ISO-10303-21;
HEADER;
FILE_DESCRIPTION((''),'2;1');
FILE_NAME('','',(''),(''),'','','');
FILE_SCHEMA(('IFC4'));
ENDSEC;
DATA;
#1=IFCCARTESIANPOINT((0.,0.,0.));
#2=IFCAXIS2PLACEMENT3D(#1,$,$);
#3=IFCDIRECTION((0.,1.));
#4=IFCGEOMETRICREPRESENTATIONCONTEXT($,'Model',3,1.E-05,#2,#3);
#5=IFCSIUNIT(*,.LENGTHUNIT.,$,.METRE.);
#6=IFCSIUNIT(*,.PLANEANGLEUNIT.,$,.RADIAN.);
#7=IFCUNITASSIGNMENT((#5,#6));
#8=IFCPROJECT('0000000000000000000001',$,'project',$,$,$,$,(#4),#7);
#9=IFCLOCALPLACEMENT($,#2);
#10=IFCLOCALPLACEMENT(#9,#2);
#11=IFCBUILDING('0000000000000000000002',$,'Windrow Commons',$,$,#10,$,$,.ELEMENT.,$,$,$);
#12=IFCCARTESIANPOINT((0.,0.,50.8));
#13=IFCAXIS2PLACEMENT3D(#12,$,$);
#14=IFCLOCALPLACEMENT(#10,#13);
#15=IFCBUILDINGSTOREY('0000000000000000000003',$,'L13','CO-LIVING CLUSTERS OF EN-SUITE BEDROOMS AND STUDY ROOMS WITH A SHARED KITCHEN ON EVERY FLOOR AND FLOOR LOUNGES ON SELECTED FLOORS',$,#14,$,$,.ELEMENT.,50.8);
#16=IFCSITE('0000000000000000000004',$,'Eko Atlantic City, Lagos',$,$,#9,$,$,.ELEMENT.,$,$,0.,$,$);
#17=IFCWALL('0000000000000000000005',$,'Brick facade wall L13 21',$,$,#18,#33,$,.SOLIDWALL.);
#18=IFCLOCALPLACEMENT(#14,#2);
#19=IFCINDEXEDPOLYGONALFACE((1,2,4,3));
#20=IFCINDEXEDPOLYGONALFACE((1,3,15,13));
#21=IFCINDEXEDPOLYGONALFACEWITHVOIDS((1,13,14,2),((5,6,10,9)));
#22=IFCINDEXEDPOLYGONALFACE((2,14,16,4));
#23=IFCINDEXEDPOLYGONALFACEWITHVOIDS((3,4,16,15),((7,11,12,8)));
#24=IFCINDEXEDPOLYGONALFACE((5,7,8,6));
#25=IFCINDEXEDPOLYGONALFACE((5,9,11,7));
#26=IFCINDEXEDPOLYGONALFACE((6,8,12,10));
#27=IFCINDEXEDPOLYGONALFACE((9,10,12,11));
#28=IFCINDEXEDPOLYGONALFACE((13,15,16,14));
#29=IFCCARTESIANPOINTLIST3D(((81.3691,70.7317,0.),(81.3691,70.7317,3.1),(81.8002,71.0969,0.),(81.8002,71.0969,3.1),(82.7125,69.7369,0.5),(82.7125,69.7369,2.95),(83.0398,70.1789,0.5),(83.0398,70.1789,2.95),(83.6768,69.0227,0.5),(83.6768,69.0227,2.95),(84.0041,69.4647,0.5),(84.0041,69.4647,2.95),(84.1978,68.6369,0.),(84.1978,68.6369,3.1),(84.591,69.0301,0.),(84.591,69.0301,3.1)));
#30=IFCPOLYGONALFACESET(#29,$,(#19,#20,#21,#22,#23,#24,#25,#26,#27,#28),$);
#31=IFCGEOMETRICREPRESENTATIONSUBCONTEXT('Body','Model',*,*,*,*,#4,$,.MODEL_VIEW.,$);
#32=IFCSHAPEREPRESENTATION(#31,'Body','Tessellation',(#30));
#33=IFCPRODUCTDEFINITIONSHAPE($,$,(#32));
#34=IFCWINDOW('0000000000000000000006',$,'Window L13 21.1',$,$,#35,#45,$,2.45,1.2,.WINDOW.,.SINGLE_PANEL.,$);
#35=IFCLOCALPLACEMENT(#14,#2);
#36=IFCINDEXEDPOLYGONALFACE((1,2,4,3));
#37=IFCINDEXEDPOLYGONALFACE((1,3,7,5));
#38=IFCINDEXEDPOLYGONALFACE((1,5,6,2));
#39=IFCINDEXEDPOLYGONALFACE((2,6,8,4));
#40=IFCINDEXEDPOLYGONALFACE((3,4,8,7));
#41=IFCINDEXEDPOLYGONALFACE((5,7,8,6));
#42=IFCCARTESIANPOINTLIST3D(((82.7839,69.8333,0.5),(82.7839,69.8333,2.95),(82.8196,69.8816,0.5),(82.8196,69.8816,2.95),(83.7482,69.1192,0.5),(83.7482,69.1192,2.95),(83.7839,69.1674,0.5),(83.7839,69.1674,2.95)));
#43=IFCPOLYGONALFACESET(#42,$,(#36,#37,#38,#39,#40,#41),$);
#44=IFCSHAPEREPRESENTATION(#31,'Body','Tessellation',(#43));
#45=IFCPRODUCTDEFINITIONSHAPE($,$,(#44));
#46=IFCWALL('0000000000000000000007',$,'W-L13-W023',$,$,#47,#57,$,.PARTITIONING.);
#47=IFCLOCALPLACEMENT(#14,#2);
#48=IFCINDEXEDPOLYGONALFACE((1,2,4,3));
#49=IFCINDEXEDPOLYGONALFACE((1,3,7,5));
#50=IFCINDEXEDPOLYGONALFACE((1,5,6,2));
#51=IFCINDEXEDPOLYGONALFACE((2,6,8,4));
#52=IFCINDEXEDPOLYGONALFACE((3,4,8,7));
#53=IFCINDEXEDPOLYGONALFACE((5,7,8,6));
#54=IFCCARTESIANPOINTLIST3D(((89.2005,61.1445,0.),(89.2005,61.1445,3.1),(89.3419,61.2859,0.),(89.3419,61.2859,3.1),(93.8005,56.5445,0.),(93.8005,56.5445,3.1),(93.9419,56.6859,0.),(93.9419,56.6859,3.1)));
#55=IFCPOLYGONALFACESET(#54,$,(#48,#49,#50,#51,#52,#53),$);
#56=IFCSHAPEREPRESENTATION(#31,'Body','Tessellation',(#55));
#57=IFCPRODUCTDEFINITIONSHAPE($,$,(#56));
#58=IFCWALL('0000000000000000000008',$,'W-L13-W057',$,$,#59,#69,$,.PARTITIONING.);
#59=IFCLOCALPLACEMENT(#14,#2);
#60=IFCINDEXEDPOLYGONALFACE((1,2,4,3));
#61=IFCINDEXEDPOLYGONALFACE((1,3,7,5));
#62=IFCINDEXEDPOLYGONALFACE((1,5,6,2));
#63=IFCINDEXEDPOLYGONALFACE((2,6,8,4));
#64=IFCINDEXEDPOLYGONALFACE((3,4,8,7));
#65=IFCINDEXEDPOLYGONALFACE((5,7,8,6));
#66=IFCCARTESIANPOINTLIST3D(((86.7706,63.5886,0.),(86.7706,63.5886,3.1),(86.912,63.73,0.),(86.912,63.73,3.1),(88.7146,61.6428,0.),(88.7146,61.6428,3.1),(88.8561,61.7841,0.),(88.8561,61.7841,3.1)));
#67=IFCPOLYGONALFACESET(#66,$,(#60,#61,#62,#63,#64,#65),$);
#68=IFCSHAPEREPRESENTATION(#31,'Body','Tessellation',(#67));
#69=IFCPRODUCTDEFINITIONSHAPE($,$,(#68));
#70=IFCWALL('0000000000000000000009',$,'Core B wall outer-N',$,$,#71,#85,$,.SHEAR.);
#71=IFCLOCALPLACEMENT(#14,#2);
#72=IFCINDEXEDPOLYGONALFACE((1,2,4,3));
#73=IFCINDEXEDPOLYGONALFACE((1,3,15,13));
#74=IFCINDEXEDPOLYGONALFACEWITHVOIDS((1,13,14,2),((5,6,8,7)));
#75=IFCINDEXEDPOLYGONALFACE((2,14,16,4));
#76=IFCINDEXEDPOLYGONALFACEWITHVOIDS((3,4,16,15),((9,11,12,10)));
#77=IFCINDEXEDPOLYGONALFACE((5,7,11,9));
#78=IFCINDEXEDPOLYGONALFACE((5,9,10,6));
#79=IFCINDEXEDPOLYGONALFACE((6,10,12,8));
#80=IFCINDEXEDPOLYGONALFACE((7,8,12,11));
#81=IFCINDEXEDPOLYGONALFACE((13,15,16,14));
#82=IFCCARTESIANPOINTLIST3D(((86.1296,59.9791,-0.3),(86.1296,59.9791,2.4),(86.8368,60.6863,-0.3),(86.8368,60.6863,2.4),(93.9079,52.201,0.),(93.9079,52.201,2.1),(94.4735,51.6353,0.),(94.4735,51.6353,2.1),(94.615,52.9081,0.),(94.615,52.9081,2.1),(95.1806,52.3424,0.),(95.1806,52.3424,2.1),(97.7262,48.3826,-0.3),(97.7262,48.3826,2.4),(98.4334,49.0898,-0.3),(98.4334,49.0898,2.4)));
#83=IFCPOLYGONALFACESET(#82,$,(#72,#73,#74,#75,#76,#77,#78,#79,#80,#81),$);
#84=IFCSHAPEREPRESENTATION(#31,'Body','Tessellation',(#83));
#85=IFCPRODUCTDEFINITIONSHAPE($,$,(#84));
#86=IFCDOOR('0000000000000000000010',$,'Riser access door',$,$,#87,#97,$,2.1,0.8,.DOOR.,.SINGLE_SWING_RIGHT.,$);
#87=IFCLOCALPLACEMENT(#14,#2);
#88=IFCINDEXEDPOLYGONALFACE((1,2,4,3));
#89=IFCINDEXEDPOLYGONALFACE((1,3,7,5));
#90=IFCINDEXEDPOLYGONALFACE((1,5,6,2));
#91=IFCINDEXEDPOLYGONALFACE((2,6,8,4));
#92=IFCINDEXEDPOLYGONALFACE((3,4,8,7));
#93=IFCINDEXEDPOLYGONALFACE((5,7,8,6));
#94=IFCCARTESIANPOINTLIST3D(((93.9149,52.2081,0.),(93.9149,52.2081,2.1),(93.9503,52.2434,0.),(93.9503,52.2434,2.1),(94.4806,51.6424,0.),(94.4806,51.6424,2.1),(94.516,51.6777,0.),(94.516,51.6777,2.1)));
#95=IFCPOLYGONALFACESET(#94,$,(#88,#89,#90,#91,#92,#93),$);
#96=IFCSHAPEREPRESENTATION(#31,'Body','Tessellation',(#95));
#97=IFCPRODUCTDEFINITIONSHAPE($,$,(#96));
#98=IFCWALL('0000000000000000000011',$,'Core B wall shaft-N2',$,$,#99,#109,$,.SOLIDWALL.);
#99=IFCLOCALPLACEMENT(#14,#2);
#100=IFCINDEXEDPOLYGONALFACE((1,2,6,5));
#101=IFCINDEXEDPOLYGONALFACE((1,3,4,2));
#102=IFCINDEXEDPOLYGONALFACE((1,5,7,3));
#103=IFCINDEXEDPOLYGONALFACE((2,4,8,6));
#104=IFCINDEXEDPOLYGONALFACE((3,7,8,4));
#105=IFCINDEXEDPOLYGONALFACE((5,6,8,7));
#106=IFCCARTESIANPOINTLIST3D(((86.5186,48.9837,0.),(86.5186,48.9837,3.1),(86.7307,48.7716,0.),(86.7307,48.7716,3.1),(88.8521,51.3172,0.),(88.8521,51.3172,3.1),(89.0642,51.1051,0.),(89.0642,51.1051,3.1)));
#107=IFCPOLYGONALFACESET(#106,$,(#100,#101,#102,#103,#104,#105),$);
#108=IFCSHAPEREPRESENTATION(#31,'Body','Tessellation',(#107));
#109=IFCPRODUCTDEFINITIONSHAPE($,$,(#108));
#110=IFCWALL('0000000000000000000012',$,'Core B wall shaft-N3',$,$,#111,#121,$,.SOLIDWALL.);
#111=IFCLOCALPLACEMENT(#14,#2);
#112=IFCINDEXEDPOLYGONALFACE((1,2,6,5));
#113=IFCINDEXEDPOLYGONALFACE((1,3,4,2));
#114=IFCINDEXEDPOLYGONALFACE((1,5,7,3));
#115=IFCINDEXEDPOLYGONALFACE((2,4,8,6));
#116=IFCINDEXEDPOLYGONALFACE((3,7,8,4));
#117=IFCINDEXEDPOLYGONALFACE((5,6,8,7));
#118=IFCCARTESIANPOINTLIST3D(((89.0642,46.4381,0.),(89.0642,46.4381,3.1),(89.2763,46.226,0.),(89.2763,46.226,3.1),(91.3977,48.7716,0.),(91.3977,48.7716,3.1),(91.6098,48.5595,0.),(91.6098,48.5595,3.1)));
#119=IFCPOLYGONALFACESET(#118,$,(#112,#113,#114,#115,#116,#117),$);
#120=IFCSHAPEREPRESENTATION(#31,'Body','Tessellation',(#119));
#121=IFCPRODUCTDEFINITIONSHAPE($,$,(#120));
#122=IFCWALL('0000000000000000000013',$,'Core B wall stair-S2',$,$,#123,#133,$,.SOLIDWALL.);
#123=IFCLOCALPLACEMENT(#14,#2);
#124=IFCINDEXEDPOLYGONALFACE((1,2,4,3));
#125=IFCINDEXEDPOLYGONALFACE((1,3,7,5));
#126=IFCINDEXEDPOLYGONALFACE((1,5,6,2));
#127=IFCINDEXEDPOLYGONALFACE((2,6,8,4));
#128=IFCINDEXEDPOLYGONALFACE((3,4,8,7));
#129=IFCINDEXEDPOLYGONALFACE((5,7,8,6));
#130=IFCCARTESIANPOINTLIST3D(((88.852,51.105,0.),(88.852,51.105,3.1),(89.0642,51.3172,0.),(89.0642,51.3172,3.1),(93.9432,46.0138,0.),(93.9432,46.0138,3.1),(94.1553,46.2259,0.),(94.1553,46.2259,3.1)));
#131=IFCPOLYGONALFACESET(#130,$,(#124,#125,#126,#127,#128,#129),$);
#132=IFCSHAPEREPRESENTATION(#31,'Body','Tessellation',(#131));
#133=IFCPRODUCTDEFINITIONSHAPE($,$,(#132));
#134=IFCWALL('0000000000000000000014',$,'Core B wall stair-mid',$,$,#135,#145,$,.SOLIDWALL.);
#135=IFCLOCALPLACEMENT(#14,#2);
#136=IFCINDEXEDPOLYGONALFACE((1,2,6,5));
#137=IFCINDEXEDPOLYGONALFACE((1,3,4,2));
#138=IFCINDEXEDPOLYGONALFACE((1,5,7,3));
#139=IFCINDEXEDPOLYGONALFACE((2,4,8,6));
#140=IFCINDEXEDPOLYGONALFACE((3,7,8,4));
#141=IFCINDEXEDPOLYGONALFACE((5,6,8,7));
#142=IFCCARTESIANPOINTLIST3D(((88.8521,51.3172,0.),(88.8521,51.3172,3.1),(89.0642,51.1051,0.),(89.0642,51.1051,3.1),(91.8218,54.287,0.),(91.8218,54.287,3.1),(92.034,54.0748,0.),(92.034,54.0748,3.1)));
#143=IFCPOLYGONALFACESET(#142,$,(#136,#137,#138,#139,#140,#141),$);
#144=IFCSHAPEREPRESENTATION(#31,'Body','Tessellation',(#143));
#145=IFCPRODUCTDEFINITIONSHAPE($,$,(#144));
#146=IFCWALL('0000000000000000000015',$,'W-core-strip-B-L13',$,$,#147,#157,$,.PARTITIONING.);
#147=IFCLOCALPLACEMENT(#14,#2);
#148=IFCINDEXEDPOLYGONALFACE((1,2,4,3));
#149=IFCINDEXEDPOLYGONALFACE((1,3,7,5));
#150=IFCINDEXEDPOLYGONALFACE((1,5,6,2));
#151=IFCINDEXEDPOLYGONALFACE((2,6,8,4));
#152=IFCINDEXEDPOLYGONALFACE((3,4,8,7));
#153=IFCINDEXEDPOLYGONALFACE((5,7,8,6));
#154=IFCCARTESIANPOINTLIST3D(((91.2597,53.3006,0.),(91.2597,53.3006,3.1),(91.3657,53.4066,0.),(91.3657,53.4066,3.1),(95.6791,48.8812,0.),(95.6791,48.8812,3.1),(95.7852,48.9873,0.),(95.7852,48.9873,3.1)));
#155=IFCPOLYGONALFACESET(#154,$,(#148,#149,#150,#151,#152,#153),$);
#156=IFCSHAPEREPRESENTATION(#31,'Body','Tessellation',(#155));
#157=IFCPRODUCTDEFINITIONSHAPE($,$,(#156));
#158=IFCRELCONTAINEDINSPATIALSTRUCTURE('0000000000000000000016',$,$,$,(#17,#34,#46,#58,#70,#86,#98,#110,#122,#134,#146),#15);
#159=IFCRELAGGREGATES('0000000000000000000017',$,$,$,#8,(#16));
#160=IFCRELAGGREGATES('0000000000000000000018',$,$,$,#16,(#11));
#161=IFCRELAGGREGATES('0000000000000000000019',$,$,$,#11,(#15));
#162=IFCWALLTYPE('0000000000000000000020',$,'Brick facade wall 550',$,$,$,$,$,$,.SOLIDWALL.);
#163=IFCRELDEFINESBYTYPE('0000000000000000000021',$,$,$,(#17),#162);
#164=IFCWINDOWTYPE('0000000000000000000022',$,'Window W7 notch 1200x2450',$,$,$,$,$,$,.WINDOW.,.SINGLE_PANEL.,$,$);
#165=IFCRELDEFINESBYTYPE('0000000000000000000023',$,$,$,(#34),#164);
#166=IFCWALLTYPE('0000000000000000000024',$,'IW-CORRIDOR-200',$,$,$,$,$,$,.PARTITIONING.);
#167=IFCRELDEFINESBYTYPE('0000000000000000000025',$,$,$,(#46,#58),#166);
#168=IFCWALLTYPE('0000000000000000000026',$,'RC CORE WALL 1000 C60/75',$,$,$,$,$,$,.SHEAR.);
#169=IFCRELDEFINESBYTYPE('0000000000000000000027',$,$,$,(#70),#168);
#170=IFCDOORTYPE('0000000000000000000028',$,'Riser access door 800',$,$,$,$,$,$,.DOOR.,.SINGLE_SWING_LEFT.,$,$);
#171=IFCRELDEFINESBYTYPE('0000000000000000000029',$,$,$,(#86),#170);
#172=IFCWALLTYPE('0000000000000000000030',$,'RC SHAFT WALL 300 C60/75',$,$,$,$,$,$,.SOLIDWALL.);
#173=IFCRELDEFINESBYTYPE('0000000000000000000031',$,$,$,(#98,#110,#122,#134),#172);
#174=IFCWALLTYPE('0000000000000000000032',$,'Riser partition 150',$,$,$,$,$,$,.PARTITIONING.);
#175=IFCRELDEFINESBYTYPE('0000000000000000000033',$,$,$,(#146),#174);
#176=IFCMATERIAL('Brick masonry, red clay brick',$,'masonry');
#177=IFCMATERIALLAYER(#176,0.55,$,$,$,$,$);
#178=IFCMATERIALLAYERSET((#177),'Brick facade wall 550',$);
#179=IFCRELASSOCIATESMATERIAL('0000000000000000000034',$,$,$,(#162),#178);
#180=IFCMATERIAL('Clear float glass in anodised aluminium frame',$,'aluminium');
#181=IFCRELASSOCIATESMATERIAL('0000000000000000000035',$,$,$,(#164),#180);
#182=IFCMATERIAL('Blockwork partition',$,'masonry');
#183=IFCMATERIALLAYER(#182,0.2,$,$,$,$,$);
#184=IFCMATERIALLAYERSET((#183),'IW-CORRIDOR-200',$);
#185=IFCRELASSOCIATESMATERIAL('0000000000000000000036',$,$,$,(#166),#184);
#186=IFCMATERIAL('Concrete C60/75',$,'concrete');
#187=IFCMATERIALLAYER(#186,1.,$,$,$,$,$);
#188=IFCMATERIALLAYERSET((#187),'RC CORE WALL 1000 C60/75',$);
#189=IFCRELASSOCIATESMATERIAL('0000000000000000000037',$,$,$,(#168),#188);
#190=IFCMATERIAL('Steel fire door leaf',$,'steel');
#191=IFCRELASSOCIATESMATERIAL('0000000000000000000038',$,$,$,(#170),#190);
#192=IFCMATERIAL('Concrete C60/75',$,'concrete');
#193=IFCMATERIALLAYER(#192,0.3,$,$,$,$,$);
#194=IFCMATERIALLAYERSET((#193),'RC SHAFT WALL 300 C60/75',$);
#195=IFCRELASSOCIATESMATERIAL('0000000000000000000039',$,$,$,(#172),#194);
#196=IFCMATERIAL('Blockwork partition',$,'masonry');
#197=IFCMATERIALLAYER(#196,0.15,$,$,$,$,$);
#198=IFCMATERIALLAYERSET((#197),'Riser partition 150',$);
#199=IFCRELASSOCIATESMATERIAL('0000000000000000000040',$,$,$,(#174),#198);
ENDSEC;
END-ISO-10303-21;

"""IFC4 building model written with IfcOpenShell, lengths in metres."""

from ifc_helpers import new_model, si_unit, direction, frame, frame_2d, origin, place, context, subcontext, project, spatial, polyline, rectangle, outline, extrude, material, layer, layer_set, type_object, element, fill, save


model = new_model("IFC4")

# Units and contexts
model_context = context("Model", 3, precision=1e-05, world=origin(), true_north=direction((0.0, 1.0)))
body_context = subcontext(model_context, "Body", "Model", "MODEL_VIEW")
ifc_project = project(units=[si_unit("LENGTHUNIT", "METRE"), si_unit("PLANEANGLEUNIT", "RADIAN")], contexts=[model_context])

# Site, building, storey
site_placement = place(None, origin())
site = spatial("IfcSite", under=ifc_project, at=site_placement, Name="Eko Atlantic City, Lagos", CompositionType="ELEMENT", RefElevation=0.0)
building_placement = place(site_placement, origin())
building = spatial("IfcBuilding", under=site, at=building_placement, Name="Windrow Commons", CompositionType="ELEMENT")
storey_placement = place(building_placement, frame((0.0, 0.0, 50.8)))
storey = spatial("IfcBuildingStorey", under=building, at=storey_placement, Name="L13", Description="CO-LIVING CLUSTERS OF EN-SUITE BEDROOMS AND STUDY ROOMS WITH A SHARED KITCHEN ON EVERY FLOOR AND FLOOR LOUNGES ON SELECTED FLOORS", CompositionType="ELEMENT", Elevation=50.8)

# Wall, opening, window
ifc_material_1 = material(Name="Brick masonry, red clay brick", Category="masonry")
ifc_layer_1 = layer(ifc_material_1, 0.55)
ifc_layer_set_1 = layer_set([ifc_layer_1], Name="Brick facade wall 550")
wall_type_1 = type_object("IfcWallType", Name="Brick facade wall 550", PredefinedType="SOLIDWALL", material=ifc_layer_set_1)
ifc_material_2 = material(Name="Clear float glass in anodised aluminium frame", Category="aluminium")
window_type = type_object("IfcWindowType", Name="Window W7 notch 1200x2450", PartitioningType="SINGLE_PANEL", PredefinedType="WINDOW", material=ifc_material_2)
wall_1_placement = place(storey_placement, frame((84.3944, 68.8335, 0.0), z_axis=(0.0, 0.0, 1.0), x_axis=(-0.80362, 0.595143, 0.0)))
wall_1 = element("IfcWall", 1, at=wall_1_placement, inside=storey, type_object=wall_type_1, Name="Brick facade wall L13 21", PredefinedType="SOLIDWALL", context=body_context, shape_type="SweptSolid", body=[
    extrude(outline(polyline([(-0.041, -0.275), (3.4318, -0.275), (3.5609, 0.275), (0.041, 0.275), (-0.041, -0.275)])), origin(), (0.0, 0.0, 1.0), 3.1),
])
opening_1_placement = place(wall_1_placement, frame((0.6893, 0.0, 0.5)))
opening_1 = element("IfcOpeningElement", 2, at=opening_1_placement, cuts=wall_1, PredefinedType="OPENING", context=body_context, shape_type="SweptSolid", body=[
    extrude(rectangle(XDim=1.2, YDim=2.45, at=frame_2d((0.6, 1.225))), frame((0.0, 0.285, 0.0), z_axis=(0.0, -1.0, 0.0), x_axis=(1.0, 0.0, 0.0)), (0.0, 0.0, 1.0), 0.57),
])
window_1_placement = place(opening_1_placement, origin())
window_1 = element("IfcWindow", 3, at=window_1_placement, inside=storey, type_object=window_type, Name="Window L13 21.1", OverallHeight=2.45, OverallWidth=1.2, PartitioningType="SINGLE_PANEL", PredefinedType="WINDOW", context=body_context, shape_type="SweptSolid", body=[
    extrude(rectangle(XDim=1.2, YDim=2.45, at=frame_2d((0.6, 1.225))), frame((0.0, 0.155, 0.0), z_axis=(0.0, -1.0, 0.0), x_axis=(1.0, 0.0, 0.0)), (0.0, 0.0, 1.0), 0.06),
])
fill(opening_1, window_1)

# Walls
ifc_material_3 = material(Name="Blockwork partition", Category="masonry")
ifc_layer_2 = layer(ifc_material_3, 0.2)
ifc_layer_set_2 = layer_set([ifc_layer_2], Name="IW-CORRIDOR-200")
wall_type_2 = type_object("IfcWallType", Name="IW-CORRIDOR-200", PredefinedType="PARTITIONING", material=ifc_layer_set_2)
wall_2_placement = place(storey_placement, frame((89.2712, 61.2152, 0.0), z_axis=(0.0, 0.0, 1.0), x_axis=(0.707107, -0.707107, 0.0)))
element("IfcWall", 4, at=wall_2_placement, inside=storey, type_object=wall_type_2, Name="W-L13-W023", PredefinedType="PARTITIONING", context=body_context, shape_type="SweptSolid", body=[
    extrude(rectangle(XDim=6.5054, YDim=0.2, at=frame_2d((3.2527, 0.0))), origin(), (0.0, 0.0, 1.0), 3.1),
])
wall_3_placement = place(storey_placement, frame((86.8413, 63.6593, 0.0), z_axis=(0.0, 0.0, 1.0), x_axis=(0.70678, -0.707434, 0.0)))
element("IfcWall", 5, at=wall_3_placement, inside=storey, type_object=wall_type_2, Name="W-L13-W057", PredefinedType="PARTITIONING", context=body_context, shape_type="SweptSolid", body=[
    extrude(rectangle(XDim=2.7506, YDim=0.2, at=frame_2d((1.3753, 0.0))), origin(), (0.0, 0.0, 1.0), 3.1),
])

# Wall, opening, door
ifc_material_4 = material(Name="Concrete C60/75", Category="concrete")
ifc_layer_3 = layer(ifc_material_4, 1.0)
ifc_layer_set_3 = layer_set([ifc_layer_3], Name="RC CORE WALL 1000 C60/75")
wall_type_3 = type_object("IfcWallType", Name="RC CORE WALL 1000 C60/75", PredefinedType="SHEAR", material=ifc_layer_set_3)
wall_4_placement = place(storey_placement, frame((86.4832, 60.3327, -0.3), z_axis=(0.0, 0.0, 1.0), x_axis=(0.70711, -0.707104, 0.0)))
wall_4 = element("IfcWall", 6, at=wall_4_placement, inside=storey, type_object=wall_type_3, Name="Core B wall outer-N", PredefinedType="SHEAR", context=body_context, shape_type="SweptSolid", body=[
    extrude(rectangle(XDim=16.4, YDim=1.0, at=frame_2d((8.2, 0.0))), origin(), (0.0, 0.0, 1.0), 2.7),
])
opening_2_placement = place(wall_4_placement, frame((11.0, 0.0, 0.3)))
opening_2 = element("IfcOpeningElement", 7, at=opening_2_placement, cuts=wall_4, PredefinedType="OPENING", context=body_context, shape_type="SweptSolid", body=[
    extrude(rectangle(XDim=0.8, YDim=2.1, at=frame_2d((0.4, 1.05))), frame((0.0, 0.51, 0.0), z_axis=(0.0, -1.0, 0.0), x_axis=(1.0, 0.0, 0.0)), (0.0, 0.0, 1.0), 1.02),
])
ifc_material_5 = material(Name="Steel fire door leaf", Category="steel")
door_type = type_object("IfcDoorType", Name="Riser access door 800", OperationType="SINGLE_SWING_LEFT", PredefinedType="DOOR", material=ifc_material_5)
door_placement = place(opening_2_placement, origin())
door = element("IfcDoor", 8, at=door_placement, inside=storey, type_object=door_type, Name="Riser access door", OperationType="SINGLE_SWING_RIGHT", OverallHeight=2.1, OverallWidth=0.8, PredefinedType="DOOR", context=body_context, shape_type="SweptSolid", body=[
    extrude(rectangle(XDim=0.8, YDim=2.1, at=frame_2d((0.4, 1.05))), frame((0.0, -0.44, 0.0), z_axis=(0.0, -1.0, 0.0), x_axis=(1.0, 0.0, 0.0)), (0.0, 0.0, 1.0), 0.05),
])
fill(opening_2, door)

# Walls
ifc_material_6 = material(Name="Concrete C60/75", Category="concrete")
ifc_layer_4 = layer(ifc_material_6, 0.3)
ifc_layer_set_4 = layer_set([ifc_layer_4], Name="RC SHAFT WALL 300 C60/75")
wall_type_4 = type_object("IfcWallType", Name="RC SHAFT WALL 300 C60/75", PredefinedType="SOLIDWALL", material=ifc_layer_set_4)
for number, where, z_axis, x_axis, name in (
    (9, (86.6246, 48.8776, 0.0), (0.0, 0.0, 1.0), (0.707107, 0.707107, 0.0), "Core B wall shaft-N2"),
    (10, (89.1702, 46.332, 0.0), (0.0, 0.0, 1.0), (0.707107, 0.707107, 0.0), "Core B wall shaft-N3"),
):
    element("IfcWall", number, at=place(storey_placement, frame(where, z_axis=z_axis, x_axis=x_axis)), inside=storey, type_object=wall_type_4, Name=name, PredefinedType="SOLIDWALL", context=body_context, shape_type="SweptSolid", body=[
        extrude(rectangle(XDim=3.3001, YDim=0.3, at=frame_2d((1.6501, 0.0))), origin(), (0.0, 0.0, 1.0), 3.1),
    ])
wall_5_placement = place(storey_placement, frame((88.9581, 51.2111, 0.0), z_axis=(0.0, 0.0, 1.0), x_axis=(0.7071, -0.707114, 0.0)))
element("IfcWall", 11, at=wall_5_placement, inside=storey, type_object=wall_type_4, Name="Core B wall stair-S2", PredefinedType="SOLIDWALL", context=body_context, shape_type="SweptSolid", body=[
    extrude(rectangle(XDim=7.2, YDim=0.3, at=frame_2d((3.6, 0.0))), origin(), (0.0, 0.0, 1.0), 3.1),
])
wall_6_placement = place(storey_placement, frame((88.9581, 51.2111, 0.0), z_axis=(0.0, 0.0, 1.0), x_axis=(0.707107, 0.707107, 0.0)))
element("IfcWall", 12, at=wall_6_placement, inside=storey, type_object=wall_type_4, Name="Core B wall stair-mid", PredefinedType="SOLIDWALL", context=body_context, shape_type="SweptSolid", body=[
    extrude(rectangle(XDim=4.1999, YDim=0.3, at=frame_2d((2.1, 0.0))), origin(), (0.0, 0.0, 1.0), 3.1),
])
ifc_material_7 = material(Name="Blockwork partition", Category="masonry")
ifc_layer_5 = layer(ifc_material_7, 0.15)
ifc_layer_set_5 = layer_set([ifc_layer_5], Name="Riser partition 150")
wall_type_5 = type_object("IfcWallType", Name="Riser partition 150", PredefinedType="PARTITIONING", material=ifc_layer_set_5)
wall_7_placement = place(storey_placement, frame((91.3127, 53.3536, 0.0), z_axis=(0.0, 0.0, 1.0), x_axis=(0.707115, -0.707099, 0.0)))
element("IfcWall", 13, at=wall_7_placement, inside=storey, type_object=wall_type_5, Name="W-core-strip-B-L13", PredefinedType="PARTITIONING", context=body_context, shape_type="SweptSolid", body=[
    extrude(rectangle(XDim=6.25, YDim=0.15, at=frame_2d((3.125, 0.0))), origin(), (0.0, 0.0, 1.0), 3.1),
])

save(model, "model.ifc")
